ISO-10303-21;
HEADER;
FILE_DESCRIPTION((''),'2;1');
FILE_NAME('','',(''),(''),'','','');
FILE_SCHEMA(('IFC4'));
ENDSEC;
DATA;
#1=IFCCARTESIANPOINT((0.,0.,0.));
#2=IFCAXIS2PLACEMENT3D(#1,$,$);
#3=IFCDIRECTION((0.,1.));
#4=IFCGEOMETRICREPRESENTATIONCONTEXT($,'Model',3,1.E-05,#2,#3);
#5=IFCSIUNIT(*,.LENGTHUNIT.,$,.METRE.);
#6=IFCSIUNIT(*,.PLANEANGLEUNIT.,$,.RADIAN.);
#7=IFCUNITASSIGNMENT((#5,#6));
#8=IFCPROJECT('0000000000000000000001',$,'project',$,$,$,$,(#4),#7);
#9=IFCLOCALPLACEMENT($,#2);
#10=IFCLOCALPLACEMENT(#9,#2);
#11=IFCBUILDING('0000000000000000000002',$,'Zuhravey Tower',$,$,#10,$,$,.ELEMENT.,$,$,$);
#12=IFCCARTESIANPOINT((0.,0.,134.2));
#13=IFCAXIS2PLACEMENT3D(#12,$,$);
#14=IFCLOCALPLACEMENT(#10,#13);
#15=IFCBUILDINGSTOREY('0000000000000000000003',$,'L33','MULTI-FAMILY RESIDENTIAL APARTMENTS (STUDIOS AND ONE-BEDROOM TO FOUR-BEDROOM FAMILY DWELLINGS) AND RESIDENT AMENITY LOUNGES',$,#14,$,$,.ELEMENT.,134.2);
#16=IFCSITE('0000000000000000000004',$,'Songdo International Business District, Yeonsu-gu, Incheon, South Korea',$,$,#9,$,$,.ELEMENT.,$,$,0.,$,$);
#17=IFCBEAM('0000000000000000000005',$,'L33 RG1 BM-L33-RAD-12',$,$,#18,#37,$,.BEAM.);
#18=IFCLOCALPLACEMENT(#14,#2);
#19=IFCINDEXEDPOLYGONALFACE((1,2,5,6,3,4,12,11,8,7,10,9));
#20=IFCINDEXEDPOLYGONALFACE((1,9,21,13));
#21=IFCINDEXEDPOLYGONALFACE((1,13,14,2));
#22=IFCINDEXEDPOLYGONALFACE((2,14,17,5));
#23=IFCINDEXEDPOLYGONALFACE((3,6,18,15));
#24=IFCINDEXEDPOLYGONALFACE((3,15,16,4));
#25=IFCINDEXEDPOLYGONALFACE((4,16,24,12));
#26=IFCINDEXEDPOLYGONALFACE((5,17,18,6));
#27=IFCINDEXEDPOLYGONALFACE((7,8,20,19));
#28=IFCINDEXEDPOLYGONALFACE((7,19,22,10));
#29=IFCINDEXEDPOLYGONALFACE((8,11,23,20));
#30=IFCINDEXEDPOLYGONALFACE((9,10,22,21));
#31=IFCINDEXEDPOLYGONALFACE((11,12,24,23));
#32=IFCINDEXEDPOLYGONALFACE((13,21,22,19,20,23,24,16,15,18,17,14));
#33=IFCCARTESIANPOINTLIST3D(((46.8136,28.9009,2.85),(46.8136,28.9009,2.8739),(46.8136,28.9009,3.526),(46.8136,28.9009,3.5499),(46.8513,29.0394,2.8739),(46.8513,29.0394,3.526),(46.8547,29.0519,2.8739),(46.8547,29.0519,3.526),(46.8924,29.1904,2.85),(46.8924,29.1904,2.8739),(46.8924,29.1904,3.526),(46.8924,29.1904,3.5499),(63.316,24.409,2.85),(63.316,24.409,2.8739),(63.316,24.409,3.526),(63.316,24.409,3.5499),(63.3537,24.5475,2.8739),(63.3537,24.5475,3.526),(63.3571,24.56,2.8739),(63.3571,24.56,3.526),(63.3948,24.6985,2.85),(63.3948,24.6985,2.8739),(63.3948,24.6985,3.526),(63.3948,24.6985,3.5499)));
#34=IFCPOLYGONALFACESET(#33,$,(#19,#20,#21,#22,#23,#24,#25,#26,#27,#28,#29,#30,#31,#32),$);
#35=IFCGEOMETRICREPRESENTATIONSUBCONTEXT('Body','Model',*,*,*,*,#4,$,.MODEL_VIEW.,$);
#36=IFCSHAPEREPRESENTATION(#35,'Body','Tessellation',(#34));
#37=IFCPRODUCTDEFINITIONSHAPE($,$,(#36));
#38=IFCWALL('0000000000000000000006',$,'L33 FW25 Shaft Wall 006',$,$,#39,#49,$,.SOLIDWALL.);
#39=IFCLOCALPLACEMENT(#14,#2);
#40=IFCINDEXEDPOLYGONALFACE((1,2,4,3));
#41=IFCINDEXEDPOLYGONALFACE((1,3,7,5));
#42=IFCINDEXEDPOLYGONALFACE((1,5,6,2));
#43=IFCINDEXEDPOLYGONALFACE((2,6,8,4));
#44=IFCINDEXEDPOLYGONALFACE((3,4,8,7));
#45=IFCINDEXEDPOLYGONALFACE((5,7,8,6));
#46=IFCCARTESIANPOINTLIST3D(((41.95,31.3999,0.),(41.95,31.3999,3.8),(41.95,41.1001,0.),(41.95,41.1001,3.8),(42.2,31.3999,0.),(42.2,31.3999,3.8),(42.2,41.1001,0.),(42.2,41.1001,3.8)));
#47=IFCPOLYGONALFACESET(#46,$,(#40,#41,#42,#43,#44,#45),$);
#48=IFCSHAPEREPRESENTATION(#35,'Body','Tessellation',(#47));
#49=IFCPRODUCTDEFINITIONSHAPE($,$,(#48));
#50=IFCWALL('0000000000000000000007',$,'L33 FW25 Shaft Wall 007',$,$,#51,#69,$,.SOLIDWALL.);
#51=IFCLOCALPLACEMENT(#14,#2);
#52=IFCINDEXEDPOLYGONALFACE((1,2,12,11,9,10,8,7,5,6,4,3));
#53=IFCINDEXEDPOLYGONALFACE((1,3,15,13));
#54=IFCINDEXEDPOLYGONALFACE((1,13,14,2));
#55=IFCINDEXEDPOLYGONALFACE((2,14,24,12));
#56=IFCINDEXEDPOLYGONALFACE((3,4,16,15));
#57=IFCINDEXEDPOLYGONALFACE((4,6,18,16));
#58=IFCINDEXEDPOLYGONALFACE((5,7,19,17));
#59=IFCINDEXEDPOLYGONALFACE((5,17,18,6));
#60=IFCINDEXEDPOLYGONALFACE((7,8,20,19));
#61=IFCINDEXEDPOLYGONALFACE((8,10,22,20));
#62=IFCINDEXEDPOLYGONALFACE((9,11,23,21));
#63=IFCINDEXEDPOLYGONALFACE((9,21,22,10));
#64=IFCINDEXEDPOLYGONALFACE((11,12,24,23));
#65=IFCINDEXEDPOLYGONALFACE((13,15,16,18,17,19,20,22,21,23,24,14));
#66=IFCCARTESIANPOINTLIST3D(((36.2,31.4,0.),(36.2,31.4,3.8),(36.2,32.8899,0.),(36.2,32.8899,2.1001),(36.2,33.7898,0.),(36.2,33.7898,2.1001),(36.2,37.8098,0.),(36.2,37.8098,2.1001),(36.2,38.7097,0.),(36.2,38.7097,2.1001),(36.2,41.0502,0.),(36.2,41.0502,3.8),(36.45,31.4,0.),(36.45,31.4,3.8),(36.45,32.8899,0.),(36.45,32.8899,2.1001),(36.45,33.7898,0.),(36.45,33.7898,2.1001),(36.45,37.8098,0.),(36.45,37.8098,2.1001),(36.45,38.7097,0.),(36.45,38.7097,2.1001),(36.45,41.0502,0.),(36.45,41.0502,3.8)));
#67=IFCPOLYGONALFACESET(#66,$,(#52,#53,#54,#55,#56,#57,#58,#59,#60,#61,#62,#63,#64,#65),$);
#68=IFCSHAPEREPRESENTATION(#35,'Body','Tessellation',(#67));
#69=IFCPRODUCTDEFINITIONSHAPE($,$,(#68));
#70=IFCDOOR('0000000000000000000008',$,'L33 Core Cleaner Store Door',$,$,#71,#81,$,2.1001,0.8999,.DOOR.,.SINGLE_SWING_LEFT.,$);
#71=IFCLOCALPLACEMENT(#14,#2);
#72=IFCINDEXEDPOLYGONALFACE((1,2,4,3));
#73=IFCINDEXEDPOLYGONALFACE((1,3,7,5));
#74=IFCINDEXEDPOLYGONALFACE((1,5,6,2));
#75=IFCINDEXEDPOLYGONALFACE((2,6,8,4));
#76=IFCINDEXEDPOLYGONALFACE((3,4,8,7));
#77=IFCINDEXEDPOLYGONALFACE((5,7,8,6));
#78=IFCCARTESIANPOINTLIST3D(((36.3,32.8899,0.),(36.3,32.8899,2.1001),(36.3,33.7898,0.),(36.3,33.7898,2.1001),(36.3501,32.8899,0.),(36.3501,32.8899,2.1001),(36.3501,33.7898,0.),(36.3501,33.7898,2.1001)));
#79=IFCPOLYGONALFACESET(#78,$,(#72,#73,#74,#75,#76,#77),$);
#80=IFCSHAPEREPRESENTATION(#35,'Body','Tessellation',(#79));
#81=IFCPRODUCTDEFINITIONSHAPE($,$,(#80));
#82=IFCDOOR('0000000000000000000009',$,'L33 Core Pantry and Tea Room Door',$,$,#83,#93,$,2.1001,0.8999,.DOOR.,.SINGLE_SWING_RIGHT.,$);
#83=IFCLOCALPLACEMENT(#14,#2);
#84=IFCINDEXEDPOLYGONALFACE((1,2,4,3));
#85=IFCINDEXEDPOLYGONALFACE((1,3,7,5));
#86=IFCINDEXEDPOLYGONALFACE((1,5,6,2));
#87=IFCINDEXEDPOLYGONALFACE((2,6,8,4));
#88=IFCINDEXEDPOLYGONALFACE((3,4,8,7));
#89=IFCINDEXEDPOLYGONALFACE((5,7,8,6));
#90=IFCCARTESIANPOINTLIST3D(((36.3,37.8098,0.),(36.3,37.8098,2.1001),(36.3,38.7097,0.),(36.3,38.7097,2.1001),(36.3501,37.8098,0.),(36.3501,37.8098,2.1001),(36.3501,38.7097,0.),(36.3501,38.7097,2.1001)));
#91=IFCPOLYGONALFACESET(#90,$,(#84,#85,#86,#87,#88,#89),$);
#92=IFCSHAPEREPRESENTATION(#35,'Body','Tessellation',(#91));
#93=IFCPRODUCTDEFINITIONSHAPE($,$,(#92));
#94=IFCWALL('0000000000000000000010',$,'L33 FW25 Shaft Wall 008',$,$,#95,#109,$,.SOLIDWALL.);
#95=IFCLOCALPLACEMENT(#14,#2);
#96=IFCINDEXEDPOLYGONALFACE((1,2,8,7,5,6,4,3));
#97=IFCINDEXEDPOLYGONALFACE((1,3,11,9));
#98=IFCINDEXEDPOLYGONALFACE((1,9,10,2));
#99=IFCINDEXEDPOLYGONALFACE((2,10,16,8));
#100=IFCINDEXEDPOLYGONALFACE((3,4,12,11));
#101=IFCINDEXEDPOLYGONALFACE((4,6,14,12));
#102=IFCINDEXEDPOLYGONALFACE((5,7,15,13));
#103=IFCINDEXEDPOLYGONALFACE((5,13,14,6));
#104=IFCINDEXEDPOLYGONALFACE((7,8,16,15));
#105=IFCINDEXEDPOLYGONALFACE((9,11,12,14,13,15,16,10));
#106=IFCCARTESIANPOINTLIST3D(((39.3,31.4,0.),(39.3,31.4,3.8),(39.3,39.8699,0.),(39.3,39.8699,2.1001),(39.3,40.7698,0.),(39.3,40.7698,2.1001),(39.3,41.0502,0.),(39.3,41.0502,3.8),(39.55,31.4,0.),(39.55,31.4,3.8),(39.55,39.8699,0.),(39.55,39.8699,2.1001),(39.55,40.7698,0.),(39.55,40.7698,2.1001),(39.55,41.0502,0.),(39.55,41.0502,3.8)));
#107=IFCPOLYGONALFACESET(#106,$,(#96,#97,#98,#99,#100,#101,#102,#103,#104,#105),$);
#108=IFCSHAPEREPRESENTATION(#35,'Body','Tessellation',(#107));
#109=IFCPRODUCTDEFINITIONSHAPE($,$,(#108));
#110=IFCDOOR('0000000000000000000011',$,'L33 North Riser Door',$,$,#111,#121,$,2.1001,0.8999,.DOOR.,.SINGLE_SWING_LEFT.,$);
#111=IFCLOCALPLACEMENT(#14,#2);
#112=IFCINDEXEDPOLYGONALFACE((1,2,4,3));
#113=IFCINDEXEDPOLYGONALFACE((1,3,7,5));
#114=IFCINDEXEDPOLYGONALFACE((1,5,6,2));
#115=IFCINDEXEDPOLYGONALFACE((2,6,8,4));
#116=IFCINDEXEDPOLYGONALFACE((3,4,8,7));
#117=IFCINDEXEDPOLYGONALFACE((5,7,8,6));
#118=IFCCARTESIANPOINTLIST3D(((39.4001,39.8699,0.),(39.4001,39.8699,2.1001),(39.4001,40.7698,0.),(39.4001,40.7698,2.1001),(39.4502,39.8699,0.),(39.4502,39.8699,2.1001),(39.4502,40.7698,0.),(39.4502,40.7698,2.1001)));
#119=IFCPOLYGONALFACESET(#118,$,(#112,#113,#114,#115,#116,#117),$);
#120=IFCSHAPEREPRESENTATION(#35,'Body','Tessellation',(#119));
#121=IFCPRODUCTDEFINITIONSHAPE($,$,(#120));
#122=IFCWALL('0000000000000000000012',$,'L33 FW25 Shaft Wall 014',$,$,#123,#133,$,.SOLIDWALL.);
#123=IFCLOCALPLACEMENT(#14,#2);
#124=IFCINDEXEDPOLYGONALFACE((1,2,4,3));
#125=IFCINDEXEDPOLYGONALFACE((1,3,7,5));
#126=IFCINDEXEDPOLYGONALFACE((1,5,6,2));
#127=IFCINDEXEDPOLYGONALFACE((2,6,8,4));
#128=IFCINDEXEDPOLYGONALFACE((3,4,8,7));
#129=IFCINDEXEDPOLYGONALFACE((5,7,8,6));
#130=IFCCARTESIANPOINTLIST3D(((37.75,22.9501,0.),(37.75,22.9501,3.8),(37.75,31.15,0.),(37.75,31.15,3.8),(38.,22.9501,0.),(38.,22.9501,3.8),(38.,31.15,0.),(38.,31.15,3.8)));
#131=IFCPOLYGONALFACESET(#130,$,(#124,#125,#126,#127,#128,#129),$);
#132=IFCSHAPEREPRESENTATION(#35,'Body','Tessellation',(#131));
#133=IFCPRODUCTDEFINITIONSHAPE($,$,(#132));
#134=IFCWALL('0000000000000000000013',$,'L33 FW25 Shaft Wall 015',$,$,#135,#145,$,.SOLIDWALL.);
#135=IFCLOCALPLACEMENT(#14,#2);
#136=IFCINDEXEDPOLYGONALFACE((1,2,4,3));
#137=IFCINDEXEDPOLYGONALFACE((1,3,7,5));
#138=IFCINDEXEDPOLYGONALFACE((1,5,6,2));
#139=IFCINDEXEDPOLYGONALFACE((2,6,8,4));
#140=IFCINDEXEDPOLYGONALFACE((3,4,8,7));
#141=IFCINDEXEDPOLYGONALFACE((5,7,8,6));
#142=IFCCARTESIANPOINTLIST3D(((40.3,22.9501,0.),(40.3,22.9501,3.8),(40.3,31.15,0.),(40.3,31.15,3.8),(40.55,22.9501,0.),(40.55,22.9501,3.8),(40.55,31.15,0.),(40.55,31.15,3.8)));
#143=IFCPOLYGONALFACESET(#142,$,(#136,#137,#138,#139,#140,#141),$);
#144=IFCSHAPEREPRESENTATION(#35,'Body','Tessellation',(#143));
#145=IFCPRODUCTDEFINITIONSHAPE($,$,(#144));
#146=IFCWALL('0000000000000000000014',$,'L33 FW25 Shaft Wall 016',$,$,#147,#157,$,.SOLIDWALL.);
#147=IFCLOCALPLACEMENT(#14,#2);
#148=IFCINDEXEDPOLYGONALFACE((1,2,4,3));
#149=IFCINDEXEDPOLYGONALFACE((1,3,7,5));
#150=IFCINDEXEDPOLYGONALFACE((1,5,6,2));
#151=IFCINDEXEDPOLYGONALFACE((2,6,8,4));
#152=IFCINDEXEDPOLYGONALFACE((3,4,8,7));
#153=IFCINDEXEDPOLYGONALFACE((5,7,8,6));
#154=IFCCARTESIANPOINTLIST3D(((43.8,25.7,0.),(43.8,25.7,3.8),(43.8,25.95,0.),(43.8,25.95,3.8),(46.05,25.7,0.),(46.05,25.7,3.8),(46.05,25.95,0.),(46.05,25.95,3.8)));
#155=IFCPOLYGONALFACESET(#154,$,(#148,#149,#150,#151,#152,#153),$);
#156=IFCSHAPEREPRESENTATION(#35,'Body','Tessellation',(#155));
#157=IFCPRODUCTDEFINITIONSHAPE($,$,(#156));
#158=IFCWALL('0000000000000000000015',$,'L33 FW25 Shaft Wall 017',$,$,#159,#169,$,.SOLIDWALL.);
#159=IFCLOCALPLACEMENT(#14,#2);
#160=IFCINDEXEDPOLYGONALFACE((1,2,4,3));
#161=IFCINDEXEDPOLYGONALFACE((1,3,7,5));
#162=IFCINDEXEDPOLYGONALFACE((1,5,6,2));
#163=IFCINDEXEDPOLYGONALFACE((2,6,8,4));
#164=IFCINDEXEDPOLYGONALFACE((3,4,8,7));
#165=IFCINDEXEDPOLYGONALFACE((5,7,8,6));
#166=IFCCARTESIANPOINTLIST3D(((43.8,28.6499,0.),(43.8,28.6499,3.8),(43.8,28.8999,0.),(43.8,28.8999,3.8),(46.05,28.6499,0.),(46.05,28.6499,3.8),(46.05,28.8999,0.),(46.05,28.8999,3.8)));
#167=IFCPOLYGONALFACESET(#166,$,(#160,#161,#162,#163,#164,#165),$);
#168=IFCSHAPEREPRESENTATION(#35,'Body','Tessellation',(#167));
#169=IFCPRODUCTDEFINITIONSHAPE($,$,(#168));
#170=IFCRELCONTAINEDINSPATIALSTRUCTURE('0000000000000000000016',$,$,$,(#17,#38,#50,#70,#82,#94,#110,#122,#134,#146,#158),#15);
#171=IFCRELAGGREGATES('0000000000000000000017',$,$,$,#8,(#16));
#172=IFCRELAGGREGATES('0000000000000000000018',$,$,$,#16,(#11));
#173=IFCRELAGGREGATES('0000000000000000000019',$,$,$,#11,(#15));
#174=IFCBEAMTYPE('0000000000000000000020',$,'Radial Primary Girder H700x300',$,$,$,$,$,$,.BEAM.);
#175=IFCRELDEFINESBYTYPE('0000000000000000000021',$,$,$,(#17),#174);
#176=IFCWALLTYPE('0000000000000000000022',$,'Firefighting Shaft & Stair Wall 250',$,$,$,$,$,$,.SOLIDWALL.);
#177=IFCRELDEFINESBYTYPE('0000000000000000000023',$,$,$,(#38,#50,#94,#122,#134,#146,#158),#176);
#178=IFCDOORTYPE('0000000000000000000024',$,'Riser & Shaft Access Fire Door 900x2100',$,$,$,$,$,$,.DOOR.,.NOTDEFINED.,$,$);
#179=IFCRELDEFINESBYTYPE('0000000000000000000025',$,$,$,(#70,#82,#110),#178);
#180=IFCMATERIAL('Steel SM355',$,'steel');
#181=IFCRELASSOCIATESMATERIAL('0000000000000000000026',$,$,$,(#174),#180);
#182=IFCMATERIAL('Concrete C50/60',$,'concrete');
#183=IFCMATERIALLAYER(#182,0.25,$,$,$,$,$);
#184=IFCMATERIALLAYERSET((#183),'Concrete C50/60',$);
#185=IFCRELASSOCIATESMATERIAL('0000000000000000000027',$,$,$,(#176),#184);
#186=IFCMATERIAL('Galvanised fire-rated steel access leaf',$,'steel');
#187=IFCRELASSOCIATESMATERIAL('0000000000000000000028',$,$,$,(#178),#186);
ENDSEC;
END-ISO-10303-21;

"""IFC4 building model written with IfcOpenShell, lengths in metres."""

from ifc_helpers import new_model, si_unit, direction, frame, frame_2d, origin, origin_2d, place, context, subcontext, project, spatial, rectangle, i_section, extrude, material, layer, layer_set, material_profile, profile_set, type_object, element, fill, save


model = new_model("IFC4")

# Units and contexts
model_context = context("Model", 3, precision=1e-05, world=origin(), true_north=direction((0.0, 1.0)))
body_context = subcontext(model_context, "Body", "Model", "MODEL_VIEW")
ifc_project = project(units=[si_unit("LENGTHUNIT", "METRE"), si_unit("PLANEANGLEUNIT", "RADIAN")], contexts=[model_context])

# Site, building, storey
site_placement = place(None, origin())
site = spatial("IfcSite", under=ifc_project, at=site_placement, Name="Songdo International Business District, Yeonsu-gu, Incheon, South Korea", CompositionType="ELEMENT", RefElevation=0.0)
building_placement = place(site_placement, origin())
building = spatial("IfcBuilding", under=site, at=building_placement, Name="Zuhravey Tower", CompositionType="ELEMENT")
storey_placement = place(building_placement, frame((0.0, 0.0, 134.2)))
storey = spatial("IfcBuildingStorey", under=building, at=storey_placement, Name="L33", Description="MULTI-FAMILY RESIDENTIAL APARTMENTS (STUDIOS AND ONE-BEDROOM TO FOUR-BEDROOM FAMILY DWELLINGS) AND RESIDENT AMENITY LOUNGES", CompositionType="ELEMENT", Elevation=134.2)

# Beam
ifc_material_1 = material(Name="Steel SM355", Category="steel")
ifc_material_profile = material_profile(ifc_material_1, i_section(OverallWidth=0.3, OverallDepth=0.7, WebThickness=0.0129, FlangeThickness=0.0239, at=origin_2d()), Name="H-700x300x13x24")
ifc_profile_set = profile_set([ifc_material_profile], Name="Steel SM355")
beam_type = type_object("IfcBeamType", Name="Radial Primary Girder H700x300", PredefinedType="BEAM", material=ifc_profile_set)
beam_placement = place(storey_placement, frame((46.853, 29.0457, 3.2), z_axis=(0.964893, -0.262643, 0.0), x_axis=(0.262643, 0.964893, 0.0)))
element("IfcBeam", 1, at=beam_placement, inside=storey, type_object=beam_type, Name="L33 RG1 BM-L33-RAD-12", PredefinedType="BEAM", context=body_context, shape_type="SweptSolid", body=[
    extrude(i_section(OverallWidth=0.3, OverallDepth=0.7, WebThickness=0.0129, FlangeThickness=0.0239, at=origin_2d()), origin(), (0.0, 0.0, 1.0), 17.1028),
])

# Wall
ifc_material_2 = material(Name="Concrete C50/60", Category="concrete")
ifc_layer_1 = layer(ifc_material_2, 0.25)
ifc_layer_set_1 = layer_set([ifc_layer_1], Name="Concrete C50/60")
wall_type_1 = type_object("IfcWallType", Name="Firefighting Shaft & Stair Wall 250", PredefinedType="SOLIDWALL", material=ifc_layer_set_1)
wall_1_placement = place(storey_placement, frame((42.075, 31.3999, 0.0), z_axis=(0.0, 0.0, 1.0), x_axis=(0.0, 1.0, 0.0)))
element("IfcWall", 2, at=wall_1_placement, inside=storey, type_object=wall_type_1, Name="L33 FW25 Shaft Wall 006", PredefinedType="SOLIDWALL", context=body_context, shape_type="SweptSolid", body=[
    extrude(rectangle(XDim=9.7002, YDim=0.25, at=frame_2d((4.8501, 0.0))), origin(), (0.0, 0.0, 1.0), 3.8),
])

# Wall, openings, doors
wall_2_placement = place(storey_placement, frame((36.325, 31.3999, 0.0), z_axis=(0.0, 0.0, 1.0), x_axis=(0.0, 1.0, 0.0)))
wall_2 = element("IfcWall", 3, at=wall_2_placement, inside=storey, type_object=wall_type_1, Name="L33 FW25 Shaft Wall 007", PredefinedType="SOLIDWALL", context=body_context, shape_type="SweptSolid", body=[
    extrude(rectangle(XDim=9.6501, YDim=0.25, at=frame_2d((4.8252, 0.0))), origin(), (0.0, 0.0, 1.0), 3.8),
])
opening_1_placement = place(wall_2_placement, frame((1.49, 0.0, 0.0)))
opening_1 = element("IfcOpeningElement", 4, at=opening_1_placement, cuts=wall_2, PredefinedType="OPENING", context=body_context, shape_type="SweptSolid", body=[
    extrude(rectangle(XDim=0.8999, YDim=2.1001, at=frame_2d((0.45, 1.05))), frame((0.0, 0.137, 0.0), z_axis=(0.0, -1.0, 0.0), x_axis=(1.0, 0.0, 0.0)), (0.0, 0.0, 1.0), 0.2739),
])
opening_2_placement = place(wall_2_placement, frame((6.4099, 0.0, 0.0)))
opening_2 = element("IfcOpeningElement", 5, at=opening_2_placement, cuts=wall_2, PredefinedType="OPENING", context=body_context, shape_type="SweptSolid", body=[
    extrude(rectangle(XDim=0.8999, YDim=2.1001, at=frame_2d((0.45, 1.05))), frame((0.0, 0.137, 0.0), z_axis=(0.0, -1.0, 0.0), x_axis=(1.0, 0.0, 0.0)), (0.0, 0.0, 1.0), 0.2739),
])
ifc_material_3 = material(Name="Galvanised fire-rated steel access leaf", Category="steel")
door_type_1 = type_object("IfcDoorType", Name="Riser & Shaft Access Fire Door 900x2100", OperationType="NOTDEFINED", PredefinedType="DOOR", material=ifc_material_3)
door_1_placement = place(opening_1_placement, origin())
door_1 = element("IfcDoor", 6, at=door_1_placement, inside=storey, type_object=door_type_1, Name="L33 Core Cleaner Store Door", OperationType="SINGLE_SWING_LEFT", OverallHeight=2.1001, OverallWidth=0.8999, PredefinedType="DOOR", context=body_context, shape_type="SweptSolid", body=[
    extrude(rectangle(XDim=0.8999, YDim=2.1001, at=frame_2d((0.45, 1.05))), frame((0.0, 0.0249, 0.0), z_axis=(0.0, -1.0, 0.0), x_axis=(1.0, 0.0, 0.0)), (0.0, 0.0, 1.0), 0.05),
])
fill(opening_1, door_1)
door_2_placement = place(opening_2_placement, origin())
door_2 = element("IfcDoor", 7, at=door_2_placement, inside=storey, type_object=door_type_1, Name="L33 Core Pantry and Tea Room Door", OperationType="SINGLE_SWING_RIGHT", OverallHeight=2.1001, OverallWidth=0.8999, PredefinedType="DOOR", context=body_context, shape_type="SweptSolid", body=[
    extrude(rectangle(XDim=0.8999, YDim=2.1001, at=frame_2d((0.45, 1.05))), frame((0.0, 0.0249, 0.0), z_axis=(0.0, -1.0, 0.0), x_axis=(1.0, 0.0, 0.0)), (0.0, 0.0, 1.0), 0.05),
])
fill(opening_2, door_2)

# Wall, opening, door
wall_3_placement = place(storey_placement, frame((39.425, 31.3999, 0.0), z_axis=(0.0, 0.0, 1.0), x_axis=(0.0, 1.0, 0.0)))
wall_3 = element("IfcWall", 8, at=wall_3_placement, inside=storey, type_object=wall_type_1, Name="L33 FW25 Shaft Wall 008", PredefinedType="SOLIDWALL", context=body_context, shape_type="SweptSolid", body=[
    extrude(rectangle(XDim=9.6501, YDim=0.25, at=frame_2d((4.8252, 0.0))), origin(), (0.0, 0.0, 1.0), 3.8),
])
opening_3_placement = place(wall_3_placement, frame((8.47, 0.0, 0.0)))
opening_3 = element("IfcOpeningElement", 9, at=opening_3_placement, cuts=wall_3, PredefinedType="OPENING", context=body_context, shape_type="SweptSolid", body=[
    extrude(rectangle(XDim=0.8999, YDim=2.1001, at=frame_2d((0.45, 1.05))), frame((0.0, 0.137, 0.0), z_axis=(0.0, -1.0, 0.0), x_axis=(1.0, 0.0, 0.0)), (0.0, 0.0, 1.0), 0.2739),
])
door_3_placement = place(opening_3_placement, origin())
door_3 = element("IfcDoor", 10, at=door_3_placement, inside=storey, type_object=door_type_1, Name="L33 North Riser Door", OperationType="SINGLE_SWING_LEFT", OverallHeight=2.1001, OverallWidth=0.8999, PredefinedType="DOOR", context=body_context, shape_type="SweptSolid", body=[
    extrude(rectangle(XDim=0.8999, YDim=2.1001, at=frame_2d((0.45, 1.05))), frame((0.0, 0.0249, 0.0), z_axis=(0.0, -1.0, 0.0), x_axis=(1.0, 0.0, 0.0)), (0.0, 0.0, 1.0), 0.05),
])
fill(opening_3, door_3)

# Walls
for number, where, z_axis, x_axis, name in (
    (11, (37.875, 22.95, 0.0), (0.0, 0.0, 1.0), (0.0, 1.0, 0.0), "L33 FW25 Shaft Wall 014"),
    (12, (40.425, 22.95, 0.0), (0.0, 0.0, 1.0), (0.0, 1.0, 0.0), "L33 FW25 Shaft Wall 015"),
):
    element("IfcWall", number, at=place(storey_placement, frame(where, z_axis=z_axis, x_axis=x_axis)), inside=storey, type_object=wall_type_1, Name=name, PredefinedType="SOLIDWALL", context=body_context, shape_type="SweptSolid", body=[
        extrude(rectangle(XDim=8.2, YDim=0.25, at=frame_2d((4.1001, 0.0))), origin(), (0.0, 0.0, 1.0), 3.8),
    ])
for number, where, z_axis, x_axis, name in (
    (13, (43.8, 25.825, 0.0), (0.0, 0.0, 1.0), (1.0, 0.0, 0.0), "L33 FW25 Shaft Wall 016"),
    (14, (43.8, 28.7749, 0.0), (0.0, 0.0, 1.0), (1.0, 0.0, 0.0), "L33 FW25 Shaft Wall 017"),
):
    element("IfcWall", number, at=place(storey_placement, frame(where, z_axis=z_axis, x_axis=x_axis)), inside=storey, type_object=wall_type_1, Name=name, PredefinedType="SOLIDWALL", context=body_context, shape_type="SweptSolid", body=[
        extrude(rectangle(XDim=2.25, YDim=0.25, at=frame_2d((1.125, 0.0))), origin(), (0.0, 0.0, 1.0), 3.8),
    ])

save(model, "model.ifc")
